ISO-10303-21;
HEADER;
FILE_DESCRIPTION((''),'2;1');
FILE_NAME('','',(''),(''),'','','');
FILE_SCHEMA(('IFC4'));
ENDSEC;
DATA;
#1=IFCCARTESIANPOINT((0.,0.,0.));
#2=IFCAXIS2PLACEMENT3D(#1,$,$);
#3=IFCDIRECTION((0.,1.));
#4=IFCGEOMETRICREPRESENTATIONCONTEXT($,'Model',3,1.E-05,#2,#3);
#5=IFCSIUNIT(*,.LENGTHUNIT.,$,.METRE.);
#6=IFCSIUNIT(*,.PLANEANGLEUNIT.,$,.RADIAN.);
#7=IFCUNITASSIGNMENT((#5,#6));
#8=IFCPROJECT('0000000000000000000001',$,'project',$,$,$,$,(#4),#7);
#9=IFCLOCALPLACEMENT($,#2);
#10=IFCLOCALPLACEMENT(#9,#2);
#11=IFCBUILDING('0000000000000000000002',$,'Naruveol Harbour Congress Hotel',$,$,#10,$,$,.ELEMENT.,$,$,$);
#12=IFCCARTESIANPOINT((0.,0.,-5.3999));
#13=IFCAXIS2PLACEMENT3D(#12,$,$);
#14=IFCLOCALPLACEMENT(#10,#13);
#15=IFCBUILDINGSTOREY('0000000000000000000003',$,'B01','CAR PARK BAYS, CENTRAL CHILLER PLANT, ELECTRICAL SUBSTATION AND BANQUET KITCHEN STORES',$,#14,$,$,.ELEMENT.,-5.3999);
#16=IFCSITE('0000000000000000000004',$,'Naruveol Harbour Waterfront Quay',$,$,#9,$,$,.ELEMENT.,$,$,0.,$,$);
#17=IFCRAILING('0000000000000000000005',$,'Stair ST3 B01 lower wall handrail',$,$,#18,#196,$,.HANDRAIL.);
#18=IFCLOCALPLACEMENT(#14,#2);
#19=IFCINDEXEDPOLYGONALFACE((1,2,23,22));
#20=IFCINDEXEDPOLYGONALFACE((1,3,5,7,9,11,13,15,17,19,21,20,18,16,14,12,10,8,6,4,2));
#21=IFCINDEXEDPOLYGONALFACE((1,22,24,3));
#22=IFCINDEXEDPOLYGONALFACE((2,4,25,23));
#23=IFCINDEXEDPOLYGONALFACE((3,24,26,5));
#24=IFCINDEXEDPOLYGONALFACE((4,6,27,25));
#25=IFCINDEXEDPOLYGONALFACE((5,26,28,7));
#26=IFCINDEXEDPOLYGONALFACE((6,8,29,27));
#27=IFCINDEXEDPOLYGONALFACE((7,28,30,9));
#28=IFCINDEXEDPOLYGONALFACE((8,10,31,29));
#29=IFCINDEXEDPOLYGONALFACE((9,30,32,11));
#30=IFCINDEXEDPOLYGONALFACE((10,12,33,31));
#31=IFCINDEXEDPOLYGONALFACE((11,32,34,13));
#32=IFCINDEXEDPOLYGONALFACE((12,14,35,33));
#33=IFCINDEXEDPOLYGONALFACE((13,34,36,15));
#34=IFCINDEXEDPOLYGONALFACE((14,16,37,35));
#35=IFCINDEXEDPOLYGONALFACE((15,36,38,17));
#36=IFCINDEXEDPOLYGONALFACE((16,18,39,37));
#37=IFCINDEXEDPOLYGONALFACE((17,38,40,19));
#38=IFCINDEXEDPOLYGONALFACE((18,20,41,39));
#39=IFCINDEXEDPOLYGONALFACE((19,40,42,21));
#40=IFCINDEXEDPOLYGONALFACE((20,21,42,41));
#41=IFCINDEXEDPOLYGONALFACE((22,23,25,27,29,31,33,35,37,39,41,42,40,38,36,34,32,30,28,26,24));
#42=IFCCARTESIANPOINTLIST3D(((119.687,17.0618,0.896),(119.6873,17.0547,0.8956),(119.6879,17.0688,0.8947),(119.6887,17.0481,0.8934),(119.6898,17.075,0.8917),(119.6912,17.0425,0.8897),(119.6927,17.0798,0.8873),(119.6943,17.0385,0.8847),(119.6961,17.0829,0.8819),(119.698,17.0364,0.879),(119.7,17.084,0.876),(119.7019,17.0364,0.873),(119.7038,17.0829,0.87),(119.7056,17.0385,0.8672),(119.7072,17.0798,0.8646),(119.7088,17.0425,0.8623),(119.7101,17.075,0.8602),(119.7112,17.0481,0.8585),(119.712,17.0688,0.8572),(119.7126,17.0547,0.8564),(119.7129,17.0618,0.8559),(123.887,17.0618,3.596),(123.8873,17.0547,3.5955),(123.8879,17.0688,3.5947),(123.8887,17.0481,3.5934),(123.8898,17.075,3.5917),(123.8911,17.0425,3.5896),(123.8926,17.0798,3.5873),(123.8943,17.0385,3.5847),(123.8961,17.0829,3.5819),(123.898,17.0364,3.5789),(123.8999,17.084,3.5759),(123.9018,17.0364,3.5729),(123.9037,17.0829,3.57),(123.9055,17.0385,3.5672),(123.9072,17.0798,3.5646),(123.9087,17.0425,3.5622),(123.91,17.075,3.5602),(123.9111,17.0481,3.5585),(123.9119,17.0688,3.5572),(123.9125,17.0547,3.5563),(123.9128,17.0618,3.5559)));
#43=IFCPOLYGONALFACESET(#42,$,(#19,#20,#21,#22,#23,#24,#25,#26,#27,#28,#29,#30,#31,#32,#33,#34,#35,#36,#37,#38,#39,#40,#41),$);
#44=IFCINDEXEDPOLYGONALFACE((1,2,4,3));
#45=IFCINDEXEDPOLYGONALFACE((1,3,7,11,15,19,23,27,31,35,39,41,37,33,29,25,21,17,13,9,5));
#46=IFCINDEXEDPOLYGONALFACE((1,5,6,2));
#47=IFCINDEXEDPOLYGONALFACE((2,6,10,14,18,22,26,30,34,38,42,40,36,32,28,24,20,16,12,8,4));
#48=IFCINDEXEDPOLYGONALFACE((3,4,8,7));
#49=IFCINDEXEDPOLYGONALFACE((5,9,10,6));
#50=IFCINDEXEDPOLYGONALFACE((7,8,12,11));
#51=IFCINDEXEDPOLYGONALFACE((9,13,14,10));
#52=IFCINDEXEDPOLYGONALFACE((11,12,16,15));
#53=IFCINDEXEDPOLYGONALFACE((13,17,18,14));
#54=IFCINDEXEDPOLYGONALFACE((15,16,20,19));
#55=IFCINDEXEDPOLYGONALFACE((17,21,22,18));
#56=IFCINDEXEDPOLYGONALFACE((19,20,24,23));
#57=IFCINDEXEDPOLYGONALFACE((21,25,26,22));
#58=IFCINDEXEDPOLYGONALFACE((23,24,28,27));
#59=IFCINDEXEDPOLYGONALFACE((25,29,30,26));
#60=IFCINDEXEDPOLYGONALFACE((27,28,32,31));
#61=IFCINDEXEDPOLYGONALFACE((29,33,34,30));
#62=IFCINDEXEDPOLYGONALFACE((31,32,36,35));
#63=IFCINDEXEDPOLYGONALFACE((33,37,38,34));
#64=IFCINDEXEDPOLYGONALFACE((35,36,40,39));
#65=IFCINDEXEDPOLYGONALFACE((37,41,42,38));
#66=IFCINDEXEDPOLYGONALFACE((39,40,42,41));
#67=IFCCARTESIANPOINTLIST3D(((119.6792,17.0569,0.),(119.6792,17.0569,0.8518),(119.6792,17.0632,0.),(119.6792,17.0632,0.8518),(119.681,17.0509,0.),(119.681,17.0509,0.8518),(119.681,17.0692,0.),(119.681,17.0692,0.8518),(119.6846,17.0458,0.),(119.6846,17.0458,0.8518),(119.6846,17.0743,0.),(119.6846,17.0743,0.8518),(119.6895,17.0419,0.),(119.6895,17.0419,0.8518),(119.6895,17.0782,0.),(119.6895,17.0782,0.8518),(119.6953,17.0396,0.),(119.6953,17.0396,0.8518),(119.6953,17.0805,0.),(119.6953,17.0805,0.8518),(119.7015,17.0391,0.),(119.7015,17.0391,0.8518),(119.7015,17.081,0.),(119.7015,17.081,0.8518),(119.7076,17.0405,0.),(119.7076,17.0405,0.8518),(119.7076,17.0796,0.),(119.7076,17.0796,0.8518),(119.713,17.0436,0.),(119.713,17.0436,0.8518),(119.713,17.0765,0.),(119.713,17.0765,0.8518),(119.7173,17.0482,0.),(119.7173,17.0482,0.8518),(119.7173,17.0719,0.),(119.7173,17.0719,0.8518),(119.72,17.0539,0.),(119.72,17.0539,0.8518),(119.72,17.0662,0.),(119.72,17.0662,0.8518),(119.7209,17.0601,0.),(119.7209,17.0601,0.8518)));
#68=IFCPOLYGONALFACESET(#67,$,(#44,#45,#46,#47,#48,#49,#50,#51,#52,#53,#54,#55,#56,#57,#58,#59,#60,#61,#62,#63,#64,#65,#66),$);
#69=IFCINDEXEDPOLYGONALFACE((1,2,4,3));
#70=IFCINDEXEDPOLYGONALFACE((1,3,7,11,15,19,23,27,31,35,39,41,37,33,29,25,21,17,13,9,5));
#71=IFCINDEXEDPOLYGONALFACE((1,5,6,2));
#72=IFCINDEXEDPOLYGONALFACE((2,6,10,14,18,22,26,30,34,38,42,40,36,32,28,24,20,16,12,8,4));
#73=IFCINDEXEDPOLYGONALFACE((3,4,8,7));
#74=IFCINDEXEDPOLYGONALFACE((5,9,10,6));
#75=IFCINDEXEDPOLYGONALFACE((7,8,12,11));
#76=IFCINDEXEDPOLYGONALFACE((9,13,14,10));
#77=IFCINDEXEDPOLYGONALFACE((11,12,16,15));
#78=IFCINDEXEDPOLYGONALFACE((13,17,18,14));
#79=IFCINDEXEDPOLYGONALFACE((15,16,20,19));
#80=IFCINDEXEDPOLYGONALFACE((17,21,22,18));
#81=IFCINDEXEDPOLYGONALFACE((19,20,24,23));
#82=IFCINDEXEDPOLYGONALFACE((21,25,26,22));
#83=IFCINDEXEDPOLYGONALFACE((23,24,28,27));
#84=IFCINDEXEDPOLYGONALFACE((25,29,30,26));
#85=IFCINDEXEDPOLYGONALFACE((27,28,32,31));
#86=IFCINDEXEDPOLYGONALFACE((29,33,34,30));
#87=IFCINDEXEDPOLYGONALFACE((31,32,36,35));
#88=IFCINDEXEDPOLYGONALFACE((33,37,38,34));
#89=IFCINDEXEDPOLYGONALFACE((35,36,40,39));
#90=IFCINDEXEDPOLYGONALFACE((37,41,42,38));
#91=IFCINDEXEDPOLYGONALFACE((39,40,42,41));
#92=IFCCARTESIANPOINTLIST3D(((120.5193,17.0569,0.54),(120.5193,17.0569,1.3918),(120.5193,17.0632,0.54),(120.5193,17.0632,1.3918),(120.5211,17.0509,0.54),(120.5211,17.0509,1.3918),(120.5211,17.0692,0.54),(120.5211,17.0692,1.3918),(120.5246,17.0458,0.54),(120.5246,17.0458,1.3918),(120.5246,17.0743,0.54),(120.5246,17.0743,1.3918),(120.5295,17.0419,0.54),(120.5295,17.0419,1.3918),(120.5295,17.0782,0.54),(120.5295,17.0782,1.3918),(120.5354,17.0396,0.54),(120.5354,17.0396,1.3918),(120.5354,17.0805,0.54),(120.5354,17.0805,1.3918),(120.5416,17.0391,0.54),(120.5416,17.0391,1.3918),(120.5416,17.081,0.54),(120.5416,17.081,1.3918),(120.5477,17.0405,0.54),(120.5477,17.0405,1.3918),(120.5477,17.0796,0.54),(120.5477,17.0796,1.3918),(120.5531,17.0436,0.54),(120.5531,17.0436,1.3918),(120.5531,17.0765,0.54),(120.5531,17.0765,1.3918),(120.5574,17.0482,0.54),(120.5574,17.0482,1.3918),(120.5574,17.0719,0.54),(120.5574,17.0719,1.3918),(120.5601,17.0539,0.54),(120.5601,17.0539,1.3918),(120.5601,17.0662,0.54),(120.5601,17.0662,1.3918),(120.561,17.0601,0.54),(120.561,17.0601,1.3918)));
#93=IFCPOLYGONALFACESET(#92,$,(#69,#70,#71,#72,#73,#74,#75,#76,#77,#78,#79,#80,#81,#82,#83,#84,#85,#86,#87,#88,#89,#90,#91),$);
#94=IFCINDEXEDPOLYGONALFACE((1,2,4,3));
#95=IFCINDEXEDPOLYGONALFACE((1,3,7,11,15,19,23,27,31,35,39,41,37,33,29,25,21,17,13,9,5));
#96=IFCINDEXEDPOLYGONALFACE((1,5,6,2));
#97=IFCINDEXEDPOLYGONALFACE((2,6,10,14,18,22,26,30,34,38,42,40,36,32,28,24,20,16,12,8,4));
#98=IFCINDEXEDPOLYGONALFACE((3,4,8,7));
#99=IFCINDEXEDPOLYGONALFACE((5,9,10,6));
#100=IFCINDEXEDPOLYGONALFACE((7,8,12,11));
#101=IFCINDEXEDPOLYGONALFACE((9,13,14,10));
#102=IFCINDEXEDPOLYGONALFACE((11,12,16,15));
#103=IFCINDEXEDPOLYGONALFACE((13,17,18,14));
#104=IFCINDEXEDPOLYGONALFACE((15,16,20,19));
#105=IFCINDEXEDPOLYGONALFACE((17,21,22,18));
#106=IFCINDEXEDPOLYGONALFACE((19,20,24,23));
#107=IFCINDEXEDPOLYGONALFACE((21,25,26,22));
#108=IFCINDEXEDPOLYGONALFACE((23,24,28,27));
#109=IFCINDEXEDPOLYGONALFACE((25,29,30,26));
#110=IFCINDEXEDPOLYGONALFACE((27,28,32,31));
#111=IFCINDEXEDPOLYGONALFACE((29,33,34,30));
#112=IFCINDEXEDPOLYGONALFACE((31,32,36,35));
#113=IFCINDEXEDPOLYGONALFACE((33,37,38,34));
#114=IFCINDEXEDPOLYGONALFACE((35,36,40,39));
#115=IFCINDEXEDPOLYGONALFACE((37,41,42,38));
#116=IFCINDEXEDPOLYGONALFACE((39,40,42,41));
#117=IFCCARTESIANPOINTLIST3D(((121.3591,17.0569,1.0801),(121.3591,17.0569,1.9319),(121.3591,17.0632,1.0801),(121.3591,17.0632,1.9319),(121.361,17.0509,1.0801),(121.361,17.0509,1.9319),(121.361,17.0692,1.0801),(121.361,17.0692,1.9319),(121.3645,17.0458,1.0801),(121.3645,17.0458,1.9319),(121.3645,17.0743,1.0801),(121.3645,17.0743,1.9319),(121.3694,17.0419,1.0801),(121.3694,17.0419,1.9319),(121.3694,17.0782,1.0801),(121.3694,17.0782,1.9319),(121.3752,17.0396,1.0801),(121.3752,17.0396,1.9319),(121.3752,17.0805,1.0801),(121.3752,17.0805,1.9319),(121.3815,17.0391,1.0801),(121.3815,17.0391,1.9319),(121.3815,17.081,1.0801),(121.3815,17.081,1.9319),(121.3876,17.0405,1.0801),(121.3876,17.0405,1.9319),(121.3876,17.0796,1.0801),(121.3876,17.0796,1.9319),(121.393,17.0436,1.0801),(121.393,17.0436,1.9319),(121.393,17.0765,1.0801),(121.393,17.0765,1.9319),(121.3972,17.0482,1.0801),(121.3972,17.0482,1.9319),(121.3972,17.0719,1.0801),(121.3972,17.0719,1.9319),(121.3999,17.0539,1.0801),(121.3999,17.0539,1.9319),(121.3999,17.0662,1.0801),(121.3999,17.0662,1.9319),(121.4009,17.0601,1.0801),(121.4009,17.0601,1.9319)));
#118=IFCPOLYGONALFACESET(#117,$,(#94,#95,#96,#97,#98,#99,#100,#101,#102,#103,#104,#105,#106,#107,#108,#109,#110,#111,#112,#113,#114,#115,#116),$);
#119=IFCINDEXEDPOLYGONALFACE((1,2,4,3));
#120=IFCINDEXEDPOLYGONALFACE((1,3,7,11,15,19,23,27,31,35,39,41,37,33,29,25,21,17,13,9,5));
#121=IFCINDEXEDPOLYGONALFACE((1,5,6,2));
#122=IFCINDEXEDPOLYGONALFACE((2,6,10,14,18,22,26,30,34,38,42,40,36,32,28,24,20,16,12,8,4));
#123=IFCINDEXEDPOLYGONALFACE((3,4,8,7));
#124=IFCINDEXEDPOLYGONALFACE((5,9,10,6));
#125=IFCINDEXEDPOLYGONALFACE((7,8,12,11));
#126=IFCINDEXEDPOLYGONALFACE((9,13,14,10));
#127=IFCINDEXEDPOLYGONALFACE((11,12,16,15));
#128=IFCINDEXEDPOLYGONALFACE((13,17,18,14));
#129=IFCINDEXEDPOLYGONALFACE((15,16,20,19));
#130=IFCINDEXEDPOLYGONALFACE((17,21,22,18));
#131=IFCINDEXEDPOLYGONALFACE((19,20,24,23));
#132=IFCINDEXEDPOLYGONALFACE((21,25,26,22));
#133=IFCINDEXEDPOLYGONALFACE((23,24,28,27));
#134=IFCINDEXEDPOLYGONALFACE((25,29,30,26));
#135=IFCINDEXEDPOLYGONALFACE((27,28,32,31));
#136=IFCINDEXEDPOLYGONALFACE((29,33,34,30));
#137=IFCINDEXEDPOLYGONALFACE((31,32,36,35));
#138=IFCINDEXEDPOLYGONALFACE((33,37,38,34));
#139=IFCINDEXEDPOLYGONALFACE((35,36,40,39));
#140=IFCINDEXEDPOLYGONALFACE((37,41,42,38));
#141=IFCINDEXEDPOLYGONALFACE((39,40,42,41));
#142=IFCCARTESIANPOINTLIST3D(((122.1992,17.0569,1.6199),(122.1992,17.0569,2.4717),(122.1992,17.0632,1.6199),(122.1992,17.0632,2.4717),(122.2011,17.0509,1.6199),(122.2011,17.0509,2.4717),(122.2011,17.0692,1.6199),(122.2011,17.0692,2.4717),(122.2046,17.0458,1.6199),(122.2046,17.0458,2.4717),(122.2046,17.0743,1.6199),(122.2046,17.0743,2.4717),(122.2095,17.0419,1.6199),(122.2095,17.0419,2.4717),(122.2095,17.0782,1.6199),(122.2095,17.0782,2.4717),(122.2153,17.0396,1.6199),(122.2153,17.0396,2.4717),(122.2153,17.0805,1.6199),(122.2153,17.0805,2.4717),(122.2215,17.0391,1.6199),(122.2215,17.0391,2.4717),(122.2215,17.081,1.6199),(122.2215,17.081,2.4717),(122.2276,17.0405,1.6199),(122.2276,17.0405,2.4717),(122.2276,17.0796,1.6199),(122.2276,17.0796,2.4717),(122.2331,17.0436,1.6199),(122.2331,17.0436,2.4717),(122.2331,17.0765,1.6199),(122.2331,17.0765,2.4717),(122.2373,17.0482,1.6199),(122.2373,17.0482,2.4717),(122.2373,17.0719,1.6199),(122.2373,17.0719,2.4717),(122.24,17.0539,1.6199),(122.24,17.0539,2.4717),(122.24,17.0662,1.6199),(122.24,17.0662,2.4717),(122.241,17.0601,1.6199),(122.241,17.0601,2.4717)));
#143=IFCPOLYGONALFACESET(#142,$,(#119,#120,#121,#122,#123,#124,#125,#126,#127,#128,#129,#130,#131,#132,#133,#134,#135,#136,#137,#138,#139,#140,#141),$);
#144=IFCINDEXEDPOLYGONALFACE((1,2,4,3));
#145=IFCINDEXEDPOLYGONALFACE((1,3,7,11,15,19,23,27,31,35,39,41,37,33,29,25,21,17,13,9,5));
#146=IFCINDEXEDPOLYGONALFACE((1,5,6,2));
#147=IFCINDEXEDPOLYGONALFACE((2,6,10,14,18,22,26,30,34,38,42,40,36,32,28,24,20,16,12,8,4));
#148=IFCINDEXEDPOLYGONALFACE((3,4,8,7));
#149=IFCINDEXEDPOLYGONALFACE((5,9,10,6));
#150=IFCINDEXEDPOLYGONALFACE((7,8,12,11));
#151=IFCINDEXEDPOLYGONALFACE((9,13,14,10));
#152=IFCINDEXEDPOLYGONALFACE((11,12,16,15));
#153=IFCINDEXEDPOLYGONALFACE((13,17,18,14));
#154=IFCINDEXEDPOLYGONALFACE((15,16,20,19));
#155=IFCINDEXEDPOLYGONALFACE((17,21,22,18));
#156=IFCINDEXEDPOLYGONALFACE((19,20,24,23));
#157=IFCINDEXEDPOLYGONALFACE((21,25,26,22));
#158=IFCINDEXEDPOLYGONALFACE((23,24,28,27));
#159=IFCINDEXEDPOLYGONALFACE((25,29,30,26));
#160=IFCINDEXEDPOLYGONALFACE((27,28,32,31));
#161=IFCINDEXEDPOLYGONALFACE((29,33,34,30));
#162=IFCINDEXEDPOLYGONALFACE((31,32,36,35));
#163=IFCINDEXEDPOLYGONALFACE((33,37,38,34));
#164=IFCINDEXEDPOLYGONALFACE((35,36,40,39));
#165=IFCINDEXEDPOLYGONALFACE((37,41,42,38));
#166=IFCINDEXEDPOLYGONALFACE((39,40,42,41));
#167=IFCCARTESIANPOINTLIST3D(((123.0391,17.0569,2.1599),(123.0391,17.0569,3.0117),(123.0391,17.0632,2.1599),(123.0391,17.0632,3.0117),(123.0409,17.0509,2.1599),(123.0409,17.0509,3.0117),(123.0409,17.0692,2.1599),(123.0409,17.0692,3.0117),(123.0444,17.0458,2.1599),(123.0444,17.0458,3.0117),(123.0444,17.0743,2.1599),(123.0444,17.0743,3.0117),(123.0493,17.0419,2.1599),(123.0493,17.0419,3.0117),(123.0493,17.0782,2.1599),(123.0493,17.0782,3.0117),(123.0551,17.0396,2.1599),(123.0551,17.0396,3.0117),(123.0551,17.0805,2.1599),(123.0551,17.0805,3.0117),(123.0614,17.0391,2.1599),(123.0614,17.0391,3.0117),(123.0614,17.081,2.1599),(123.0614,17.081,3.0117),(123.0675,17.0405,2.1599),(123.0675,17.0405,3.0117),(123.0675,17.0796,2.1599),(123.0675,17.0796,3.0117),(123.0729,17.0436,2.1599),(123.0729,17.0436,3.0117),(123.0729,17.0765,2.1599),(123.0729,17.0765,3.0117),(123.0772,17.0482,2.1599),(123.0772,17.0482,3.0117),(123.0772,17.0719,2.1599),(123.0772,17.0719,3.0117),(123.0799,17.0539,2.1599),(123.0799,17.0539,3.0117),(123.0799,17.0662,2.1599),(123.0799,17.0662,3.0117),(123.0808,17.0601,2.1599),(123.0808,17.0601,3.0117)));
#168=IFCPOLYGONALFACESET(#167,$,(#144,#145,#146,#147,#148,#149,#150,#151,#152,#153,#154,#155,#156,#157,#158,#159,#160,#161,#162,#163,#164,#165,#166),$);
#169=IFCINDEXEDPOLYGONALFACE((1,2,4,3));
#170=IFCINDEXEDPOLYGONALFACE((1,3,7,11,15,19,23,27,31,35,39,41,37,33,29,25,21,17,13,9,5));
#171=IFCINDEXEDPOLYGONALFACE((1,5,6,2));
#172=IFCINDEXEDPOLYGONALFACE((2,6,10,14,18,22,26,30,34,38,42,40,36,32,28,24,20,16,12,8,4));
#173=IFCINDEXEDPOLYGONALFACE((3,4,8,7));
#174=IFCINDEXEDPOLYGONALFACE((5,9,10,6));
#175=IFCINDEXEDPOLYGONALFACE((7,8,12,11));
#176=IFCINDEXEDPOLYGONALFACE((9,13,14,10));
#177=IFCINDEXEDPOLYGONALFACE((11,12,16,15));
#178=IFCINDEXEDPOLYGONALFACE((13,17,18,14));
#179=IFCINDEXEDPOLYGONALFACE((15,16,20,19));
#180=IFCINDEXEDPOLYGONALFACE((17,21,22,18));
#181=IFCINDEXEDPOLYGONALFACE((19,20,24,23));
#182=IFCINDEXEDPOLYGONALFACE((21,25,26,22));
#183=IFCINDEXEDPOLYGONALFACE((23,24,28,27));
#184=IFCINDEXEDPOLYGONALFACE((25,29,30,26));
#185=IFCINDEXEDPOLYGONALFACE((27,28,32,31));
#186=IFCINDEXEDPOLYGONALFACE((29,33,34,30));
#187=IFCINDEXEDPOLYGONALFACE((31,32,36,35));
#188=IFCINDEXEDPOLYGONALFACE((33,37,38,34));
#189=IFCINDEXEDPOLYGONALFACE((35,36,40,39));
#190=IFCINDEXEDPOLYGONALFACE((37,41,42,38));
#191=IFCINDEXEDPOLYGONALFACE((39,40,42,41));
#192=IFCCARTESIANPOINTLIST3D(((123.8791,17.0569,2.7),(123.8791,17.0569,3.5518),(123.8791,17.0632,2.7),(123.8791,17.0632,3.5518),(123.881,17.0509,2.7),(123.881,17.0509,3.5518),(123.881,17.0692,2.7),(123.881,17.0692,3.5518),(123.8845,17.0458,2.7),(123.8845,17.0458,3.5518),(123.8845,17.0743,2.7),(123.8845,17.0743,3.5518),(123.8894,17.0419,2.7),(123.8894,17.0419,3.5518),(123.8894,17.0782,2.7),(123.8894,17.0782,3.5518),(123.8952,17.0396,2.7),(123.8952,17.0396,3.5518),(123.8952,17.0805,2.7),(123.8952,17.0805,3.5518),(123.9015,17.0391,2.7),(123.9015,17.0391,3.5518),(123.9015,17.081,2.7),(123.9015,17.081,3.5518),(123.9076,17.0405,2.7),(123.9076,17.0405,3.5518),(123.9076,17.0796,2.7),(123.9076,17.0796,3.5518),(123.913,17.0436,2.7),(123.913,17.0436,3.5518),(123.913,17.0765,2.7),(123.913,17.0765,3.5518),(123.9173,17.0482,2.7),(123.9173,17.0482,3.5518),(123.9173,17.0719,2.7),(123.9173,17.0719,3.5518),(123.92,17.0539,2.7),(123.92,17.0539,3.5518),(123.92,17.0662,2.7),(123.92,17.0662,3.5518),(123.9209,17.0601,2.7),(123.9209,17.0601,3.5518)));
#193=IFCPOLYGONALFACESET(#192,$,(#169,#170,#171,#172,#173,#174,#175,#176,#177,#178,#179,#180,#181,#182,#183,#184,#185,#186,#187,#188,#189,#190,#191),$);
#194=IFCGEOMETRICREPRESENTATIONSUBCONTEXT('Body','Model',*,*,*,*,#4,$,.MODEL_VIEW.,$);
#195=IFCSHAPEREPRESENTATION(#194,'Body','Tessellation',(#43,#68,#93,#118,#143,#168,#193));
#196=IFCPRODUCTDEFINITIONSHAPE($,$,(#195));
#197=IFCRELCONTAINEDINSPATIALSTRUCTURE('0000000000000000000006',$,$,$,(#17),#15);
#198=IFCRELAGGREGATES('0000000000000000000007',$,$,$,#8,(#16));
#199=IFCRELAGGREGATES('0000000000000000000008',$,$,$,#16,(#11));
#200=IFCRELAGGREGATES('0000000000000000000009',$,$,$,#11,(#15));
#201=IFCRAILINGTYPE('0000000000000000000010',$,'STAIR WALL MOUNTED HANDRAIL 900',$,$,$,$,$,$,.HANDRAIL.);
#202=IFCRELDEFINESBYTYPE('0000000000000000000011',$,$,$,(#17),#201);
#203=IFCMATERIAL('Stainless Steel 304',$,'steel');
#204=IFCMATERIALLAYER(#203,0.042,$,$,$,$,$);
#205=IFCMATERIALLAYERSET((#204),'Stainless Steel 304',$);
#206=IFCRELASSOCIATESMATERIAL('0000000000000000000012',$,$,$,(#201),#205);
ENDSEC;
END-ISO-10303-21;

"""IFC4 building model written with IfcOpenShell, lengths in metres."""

from ifc_helpers import new_model, si_unit, direction, frame, origin, origin_2d, place, context, subcontext, project, spatial, circle, extrude, material, layer, layer_set, type_object, element, save


model = new_model("IFC4")

# Units and contexts
model_context = context("Model", 3, precision=1e-05, world=origin(), true_north=direction((0.0, 1.0)))
body_context = subcontext(model_context, "Body", "Model", "MODEL_VIEW")
ifc_project = project(units=[si_unit("LENGTHUNIT", "METRE"), si_unit("PLANEANGLEUNIT", "RADIAN")], contexts=[model_context])

# Site, building, storey
site_placement = place(None, origin())
site = spatial("IfcSite", under=ifc_project, at=site_placement, Name="Naruveol Harbour Waterfront Quay", CompositionType="ELEMENT", RefElevation=0.0)
building_placement = place(site_placement, origin())
building = spatial("IfcBuilding", under=site, at=building_placement, Name="Naruveol Harbour Congress Hotel", CompositionType="ELEMENT")
storey_placement = place(building_placement, frame((0.0, 0.0, -5.3999)))
storey = spatial("IfcBuildingStorey", under=building, at=storey_placement, Name="B01", Description="CAR PARK BAYS, CENTRAL CHILLER PLANT, ELECTRICAL SUBSTATION AND BANQUET KITCHEN STORES", CompositionType="ELEMENT", Elevation=-5.3999)

# Railing
ifc_material_1 = material(Name="Stainless Steel 304", Category="steel")
ifc_layer_1 = layer(ifc_material_1, 0.042)
ifc_layer_set_1 = layer_set([ifc_layer_1], Name="Stainless Steel 304")
railing_type_1 = type_object("IfcRailingType", Name="STAIR WALL MOUNTED HANDRAIL 900", PredefinedType="HANDRAIL", material=ifc_layer_set_1)
railing_1_placement = place(storey_placement, frame((119.7, 17.0601, 0.0)))
element("IfcRailing", 1, at=railing_1_placement, inside=storey, type_object=railing_type_1, Name="Stair ST3 B01 lower wall handrail", PredefinedType="HANDRAIL", context=body_context, shape_type="SweptSolid", body=[
    extrude(circle(Radius=0.0239, at=origin_2d()), frame((0.0, 0.0, 0.876), z_axis=(0.84118, 0.0, 0.540755), x_axis=(0.0, 1.0, 0.0)), (0.0, 0.0, 1.0), 4.9929),
    extrude(circle(Radius=0.021, at=origin_2d()), origin(), (0.0, 0.0, 1.0), 0.8518),
    extrude(circle(Radius=0.021, at=origin_2d()), frame((0.8401, 0.0, 0.54)), (0.0, 0.0, 1.0), 0.8518),
    extrude(circle(Radius=0.021, at=origin_2d()), frame((1.6799, 0.0, 1.0801)), (0.0, 0.0, 1.0), 0.8518),
    extrude(circle(Radius=0.021, at=origin_2d()), frame((2.52, 0.0, 1.6199)), (0.0, 0.0, 1.0), 0.8518),
    extrude(circle(Radius=0.021, at=origin_2d()), frame((3.3599, 0.0, 2.1599)), (0.0, 0.0, 1.0), 0.8518),
    extrude(circle(Radius=0.021, at=origin_2d()), frame((4.2, 0.0, 2.7)), (0.0, 0.0, 1.0), 0.8518),
])

save(model, "model.ifc")
